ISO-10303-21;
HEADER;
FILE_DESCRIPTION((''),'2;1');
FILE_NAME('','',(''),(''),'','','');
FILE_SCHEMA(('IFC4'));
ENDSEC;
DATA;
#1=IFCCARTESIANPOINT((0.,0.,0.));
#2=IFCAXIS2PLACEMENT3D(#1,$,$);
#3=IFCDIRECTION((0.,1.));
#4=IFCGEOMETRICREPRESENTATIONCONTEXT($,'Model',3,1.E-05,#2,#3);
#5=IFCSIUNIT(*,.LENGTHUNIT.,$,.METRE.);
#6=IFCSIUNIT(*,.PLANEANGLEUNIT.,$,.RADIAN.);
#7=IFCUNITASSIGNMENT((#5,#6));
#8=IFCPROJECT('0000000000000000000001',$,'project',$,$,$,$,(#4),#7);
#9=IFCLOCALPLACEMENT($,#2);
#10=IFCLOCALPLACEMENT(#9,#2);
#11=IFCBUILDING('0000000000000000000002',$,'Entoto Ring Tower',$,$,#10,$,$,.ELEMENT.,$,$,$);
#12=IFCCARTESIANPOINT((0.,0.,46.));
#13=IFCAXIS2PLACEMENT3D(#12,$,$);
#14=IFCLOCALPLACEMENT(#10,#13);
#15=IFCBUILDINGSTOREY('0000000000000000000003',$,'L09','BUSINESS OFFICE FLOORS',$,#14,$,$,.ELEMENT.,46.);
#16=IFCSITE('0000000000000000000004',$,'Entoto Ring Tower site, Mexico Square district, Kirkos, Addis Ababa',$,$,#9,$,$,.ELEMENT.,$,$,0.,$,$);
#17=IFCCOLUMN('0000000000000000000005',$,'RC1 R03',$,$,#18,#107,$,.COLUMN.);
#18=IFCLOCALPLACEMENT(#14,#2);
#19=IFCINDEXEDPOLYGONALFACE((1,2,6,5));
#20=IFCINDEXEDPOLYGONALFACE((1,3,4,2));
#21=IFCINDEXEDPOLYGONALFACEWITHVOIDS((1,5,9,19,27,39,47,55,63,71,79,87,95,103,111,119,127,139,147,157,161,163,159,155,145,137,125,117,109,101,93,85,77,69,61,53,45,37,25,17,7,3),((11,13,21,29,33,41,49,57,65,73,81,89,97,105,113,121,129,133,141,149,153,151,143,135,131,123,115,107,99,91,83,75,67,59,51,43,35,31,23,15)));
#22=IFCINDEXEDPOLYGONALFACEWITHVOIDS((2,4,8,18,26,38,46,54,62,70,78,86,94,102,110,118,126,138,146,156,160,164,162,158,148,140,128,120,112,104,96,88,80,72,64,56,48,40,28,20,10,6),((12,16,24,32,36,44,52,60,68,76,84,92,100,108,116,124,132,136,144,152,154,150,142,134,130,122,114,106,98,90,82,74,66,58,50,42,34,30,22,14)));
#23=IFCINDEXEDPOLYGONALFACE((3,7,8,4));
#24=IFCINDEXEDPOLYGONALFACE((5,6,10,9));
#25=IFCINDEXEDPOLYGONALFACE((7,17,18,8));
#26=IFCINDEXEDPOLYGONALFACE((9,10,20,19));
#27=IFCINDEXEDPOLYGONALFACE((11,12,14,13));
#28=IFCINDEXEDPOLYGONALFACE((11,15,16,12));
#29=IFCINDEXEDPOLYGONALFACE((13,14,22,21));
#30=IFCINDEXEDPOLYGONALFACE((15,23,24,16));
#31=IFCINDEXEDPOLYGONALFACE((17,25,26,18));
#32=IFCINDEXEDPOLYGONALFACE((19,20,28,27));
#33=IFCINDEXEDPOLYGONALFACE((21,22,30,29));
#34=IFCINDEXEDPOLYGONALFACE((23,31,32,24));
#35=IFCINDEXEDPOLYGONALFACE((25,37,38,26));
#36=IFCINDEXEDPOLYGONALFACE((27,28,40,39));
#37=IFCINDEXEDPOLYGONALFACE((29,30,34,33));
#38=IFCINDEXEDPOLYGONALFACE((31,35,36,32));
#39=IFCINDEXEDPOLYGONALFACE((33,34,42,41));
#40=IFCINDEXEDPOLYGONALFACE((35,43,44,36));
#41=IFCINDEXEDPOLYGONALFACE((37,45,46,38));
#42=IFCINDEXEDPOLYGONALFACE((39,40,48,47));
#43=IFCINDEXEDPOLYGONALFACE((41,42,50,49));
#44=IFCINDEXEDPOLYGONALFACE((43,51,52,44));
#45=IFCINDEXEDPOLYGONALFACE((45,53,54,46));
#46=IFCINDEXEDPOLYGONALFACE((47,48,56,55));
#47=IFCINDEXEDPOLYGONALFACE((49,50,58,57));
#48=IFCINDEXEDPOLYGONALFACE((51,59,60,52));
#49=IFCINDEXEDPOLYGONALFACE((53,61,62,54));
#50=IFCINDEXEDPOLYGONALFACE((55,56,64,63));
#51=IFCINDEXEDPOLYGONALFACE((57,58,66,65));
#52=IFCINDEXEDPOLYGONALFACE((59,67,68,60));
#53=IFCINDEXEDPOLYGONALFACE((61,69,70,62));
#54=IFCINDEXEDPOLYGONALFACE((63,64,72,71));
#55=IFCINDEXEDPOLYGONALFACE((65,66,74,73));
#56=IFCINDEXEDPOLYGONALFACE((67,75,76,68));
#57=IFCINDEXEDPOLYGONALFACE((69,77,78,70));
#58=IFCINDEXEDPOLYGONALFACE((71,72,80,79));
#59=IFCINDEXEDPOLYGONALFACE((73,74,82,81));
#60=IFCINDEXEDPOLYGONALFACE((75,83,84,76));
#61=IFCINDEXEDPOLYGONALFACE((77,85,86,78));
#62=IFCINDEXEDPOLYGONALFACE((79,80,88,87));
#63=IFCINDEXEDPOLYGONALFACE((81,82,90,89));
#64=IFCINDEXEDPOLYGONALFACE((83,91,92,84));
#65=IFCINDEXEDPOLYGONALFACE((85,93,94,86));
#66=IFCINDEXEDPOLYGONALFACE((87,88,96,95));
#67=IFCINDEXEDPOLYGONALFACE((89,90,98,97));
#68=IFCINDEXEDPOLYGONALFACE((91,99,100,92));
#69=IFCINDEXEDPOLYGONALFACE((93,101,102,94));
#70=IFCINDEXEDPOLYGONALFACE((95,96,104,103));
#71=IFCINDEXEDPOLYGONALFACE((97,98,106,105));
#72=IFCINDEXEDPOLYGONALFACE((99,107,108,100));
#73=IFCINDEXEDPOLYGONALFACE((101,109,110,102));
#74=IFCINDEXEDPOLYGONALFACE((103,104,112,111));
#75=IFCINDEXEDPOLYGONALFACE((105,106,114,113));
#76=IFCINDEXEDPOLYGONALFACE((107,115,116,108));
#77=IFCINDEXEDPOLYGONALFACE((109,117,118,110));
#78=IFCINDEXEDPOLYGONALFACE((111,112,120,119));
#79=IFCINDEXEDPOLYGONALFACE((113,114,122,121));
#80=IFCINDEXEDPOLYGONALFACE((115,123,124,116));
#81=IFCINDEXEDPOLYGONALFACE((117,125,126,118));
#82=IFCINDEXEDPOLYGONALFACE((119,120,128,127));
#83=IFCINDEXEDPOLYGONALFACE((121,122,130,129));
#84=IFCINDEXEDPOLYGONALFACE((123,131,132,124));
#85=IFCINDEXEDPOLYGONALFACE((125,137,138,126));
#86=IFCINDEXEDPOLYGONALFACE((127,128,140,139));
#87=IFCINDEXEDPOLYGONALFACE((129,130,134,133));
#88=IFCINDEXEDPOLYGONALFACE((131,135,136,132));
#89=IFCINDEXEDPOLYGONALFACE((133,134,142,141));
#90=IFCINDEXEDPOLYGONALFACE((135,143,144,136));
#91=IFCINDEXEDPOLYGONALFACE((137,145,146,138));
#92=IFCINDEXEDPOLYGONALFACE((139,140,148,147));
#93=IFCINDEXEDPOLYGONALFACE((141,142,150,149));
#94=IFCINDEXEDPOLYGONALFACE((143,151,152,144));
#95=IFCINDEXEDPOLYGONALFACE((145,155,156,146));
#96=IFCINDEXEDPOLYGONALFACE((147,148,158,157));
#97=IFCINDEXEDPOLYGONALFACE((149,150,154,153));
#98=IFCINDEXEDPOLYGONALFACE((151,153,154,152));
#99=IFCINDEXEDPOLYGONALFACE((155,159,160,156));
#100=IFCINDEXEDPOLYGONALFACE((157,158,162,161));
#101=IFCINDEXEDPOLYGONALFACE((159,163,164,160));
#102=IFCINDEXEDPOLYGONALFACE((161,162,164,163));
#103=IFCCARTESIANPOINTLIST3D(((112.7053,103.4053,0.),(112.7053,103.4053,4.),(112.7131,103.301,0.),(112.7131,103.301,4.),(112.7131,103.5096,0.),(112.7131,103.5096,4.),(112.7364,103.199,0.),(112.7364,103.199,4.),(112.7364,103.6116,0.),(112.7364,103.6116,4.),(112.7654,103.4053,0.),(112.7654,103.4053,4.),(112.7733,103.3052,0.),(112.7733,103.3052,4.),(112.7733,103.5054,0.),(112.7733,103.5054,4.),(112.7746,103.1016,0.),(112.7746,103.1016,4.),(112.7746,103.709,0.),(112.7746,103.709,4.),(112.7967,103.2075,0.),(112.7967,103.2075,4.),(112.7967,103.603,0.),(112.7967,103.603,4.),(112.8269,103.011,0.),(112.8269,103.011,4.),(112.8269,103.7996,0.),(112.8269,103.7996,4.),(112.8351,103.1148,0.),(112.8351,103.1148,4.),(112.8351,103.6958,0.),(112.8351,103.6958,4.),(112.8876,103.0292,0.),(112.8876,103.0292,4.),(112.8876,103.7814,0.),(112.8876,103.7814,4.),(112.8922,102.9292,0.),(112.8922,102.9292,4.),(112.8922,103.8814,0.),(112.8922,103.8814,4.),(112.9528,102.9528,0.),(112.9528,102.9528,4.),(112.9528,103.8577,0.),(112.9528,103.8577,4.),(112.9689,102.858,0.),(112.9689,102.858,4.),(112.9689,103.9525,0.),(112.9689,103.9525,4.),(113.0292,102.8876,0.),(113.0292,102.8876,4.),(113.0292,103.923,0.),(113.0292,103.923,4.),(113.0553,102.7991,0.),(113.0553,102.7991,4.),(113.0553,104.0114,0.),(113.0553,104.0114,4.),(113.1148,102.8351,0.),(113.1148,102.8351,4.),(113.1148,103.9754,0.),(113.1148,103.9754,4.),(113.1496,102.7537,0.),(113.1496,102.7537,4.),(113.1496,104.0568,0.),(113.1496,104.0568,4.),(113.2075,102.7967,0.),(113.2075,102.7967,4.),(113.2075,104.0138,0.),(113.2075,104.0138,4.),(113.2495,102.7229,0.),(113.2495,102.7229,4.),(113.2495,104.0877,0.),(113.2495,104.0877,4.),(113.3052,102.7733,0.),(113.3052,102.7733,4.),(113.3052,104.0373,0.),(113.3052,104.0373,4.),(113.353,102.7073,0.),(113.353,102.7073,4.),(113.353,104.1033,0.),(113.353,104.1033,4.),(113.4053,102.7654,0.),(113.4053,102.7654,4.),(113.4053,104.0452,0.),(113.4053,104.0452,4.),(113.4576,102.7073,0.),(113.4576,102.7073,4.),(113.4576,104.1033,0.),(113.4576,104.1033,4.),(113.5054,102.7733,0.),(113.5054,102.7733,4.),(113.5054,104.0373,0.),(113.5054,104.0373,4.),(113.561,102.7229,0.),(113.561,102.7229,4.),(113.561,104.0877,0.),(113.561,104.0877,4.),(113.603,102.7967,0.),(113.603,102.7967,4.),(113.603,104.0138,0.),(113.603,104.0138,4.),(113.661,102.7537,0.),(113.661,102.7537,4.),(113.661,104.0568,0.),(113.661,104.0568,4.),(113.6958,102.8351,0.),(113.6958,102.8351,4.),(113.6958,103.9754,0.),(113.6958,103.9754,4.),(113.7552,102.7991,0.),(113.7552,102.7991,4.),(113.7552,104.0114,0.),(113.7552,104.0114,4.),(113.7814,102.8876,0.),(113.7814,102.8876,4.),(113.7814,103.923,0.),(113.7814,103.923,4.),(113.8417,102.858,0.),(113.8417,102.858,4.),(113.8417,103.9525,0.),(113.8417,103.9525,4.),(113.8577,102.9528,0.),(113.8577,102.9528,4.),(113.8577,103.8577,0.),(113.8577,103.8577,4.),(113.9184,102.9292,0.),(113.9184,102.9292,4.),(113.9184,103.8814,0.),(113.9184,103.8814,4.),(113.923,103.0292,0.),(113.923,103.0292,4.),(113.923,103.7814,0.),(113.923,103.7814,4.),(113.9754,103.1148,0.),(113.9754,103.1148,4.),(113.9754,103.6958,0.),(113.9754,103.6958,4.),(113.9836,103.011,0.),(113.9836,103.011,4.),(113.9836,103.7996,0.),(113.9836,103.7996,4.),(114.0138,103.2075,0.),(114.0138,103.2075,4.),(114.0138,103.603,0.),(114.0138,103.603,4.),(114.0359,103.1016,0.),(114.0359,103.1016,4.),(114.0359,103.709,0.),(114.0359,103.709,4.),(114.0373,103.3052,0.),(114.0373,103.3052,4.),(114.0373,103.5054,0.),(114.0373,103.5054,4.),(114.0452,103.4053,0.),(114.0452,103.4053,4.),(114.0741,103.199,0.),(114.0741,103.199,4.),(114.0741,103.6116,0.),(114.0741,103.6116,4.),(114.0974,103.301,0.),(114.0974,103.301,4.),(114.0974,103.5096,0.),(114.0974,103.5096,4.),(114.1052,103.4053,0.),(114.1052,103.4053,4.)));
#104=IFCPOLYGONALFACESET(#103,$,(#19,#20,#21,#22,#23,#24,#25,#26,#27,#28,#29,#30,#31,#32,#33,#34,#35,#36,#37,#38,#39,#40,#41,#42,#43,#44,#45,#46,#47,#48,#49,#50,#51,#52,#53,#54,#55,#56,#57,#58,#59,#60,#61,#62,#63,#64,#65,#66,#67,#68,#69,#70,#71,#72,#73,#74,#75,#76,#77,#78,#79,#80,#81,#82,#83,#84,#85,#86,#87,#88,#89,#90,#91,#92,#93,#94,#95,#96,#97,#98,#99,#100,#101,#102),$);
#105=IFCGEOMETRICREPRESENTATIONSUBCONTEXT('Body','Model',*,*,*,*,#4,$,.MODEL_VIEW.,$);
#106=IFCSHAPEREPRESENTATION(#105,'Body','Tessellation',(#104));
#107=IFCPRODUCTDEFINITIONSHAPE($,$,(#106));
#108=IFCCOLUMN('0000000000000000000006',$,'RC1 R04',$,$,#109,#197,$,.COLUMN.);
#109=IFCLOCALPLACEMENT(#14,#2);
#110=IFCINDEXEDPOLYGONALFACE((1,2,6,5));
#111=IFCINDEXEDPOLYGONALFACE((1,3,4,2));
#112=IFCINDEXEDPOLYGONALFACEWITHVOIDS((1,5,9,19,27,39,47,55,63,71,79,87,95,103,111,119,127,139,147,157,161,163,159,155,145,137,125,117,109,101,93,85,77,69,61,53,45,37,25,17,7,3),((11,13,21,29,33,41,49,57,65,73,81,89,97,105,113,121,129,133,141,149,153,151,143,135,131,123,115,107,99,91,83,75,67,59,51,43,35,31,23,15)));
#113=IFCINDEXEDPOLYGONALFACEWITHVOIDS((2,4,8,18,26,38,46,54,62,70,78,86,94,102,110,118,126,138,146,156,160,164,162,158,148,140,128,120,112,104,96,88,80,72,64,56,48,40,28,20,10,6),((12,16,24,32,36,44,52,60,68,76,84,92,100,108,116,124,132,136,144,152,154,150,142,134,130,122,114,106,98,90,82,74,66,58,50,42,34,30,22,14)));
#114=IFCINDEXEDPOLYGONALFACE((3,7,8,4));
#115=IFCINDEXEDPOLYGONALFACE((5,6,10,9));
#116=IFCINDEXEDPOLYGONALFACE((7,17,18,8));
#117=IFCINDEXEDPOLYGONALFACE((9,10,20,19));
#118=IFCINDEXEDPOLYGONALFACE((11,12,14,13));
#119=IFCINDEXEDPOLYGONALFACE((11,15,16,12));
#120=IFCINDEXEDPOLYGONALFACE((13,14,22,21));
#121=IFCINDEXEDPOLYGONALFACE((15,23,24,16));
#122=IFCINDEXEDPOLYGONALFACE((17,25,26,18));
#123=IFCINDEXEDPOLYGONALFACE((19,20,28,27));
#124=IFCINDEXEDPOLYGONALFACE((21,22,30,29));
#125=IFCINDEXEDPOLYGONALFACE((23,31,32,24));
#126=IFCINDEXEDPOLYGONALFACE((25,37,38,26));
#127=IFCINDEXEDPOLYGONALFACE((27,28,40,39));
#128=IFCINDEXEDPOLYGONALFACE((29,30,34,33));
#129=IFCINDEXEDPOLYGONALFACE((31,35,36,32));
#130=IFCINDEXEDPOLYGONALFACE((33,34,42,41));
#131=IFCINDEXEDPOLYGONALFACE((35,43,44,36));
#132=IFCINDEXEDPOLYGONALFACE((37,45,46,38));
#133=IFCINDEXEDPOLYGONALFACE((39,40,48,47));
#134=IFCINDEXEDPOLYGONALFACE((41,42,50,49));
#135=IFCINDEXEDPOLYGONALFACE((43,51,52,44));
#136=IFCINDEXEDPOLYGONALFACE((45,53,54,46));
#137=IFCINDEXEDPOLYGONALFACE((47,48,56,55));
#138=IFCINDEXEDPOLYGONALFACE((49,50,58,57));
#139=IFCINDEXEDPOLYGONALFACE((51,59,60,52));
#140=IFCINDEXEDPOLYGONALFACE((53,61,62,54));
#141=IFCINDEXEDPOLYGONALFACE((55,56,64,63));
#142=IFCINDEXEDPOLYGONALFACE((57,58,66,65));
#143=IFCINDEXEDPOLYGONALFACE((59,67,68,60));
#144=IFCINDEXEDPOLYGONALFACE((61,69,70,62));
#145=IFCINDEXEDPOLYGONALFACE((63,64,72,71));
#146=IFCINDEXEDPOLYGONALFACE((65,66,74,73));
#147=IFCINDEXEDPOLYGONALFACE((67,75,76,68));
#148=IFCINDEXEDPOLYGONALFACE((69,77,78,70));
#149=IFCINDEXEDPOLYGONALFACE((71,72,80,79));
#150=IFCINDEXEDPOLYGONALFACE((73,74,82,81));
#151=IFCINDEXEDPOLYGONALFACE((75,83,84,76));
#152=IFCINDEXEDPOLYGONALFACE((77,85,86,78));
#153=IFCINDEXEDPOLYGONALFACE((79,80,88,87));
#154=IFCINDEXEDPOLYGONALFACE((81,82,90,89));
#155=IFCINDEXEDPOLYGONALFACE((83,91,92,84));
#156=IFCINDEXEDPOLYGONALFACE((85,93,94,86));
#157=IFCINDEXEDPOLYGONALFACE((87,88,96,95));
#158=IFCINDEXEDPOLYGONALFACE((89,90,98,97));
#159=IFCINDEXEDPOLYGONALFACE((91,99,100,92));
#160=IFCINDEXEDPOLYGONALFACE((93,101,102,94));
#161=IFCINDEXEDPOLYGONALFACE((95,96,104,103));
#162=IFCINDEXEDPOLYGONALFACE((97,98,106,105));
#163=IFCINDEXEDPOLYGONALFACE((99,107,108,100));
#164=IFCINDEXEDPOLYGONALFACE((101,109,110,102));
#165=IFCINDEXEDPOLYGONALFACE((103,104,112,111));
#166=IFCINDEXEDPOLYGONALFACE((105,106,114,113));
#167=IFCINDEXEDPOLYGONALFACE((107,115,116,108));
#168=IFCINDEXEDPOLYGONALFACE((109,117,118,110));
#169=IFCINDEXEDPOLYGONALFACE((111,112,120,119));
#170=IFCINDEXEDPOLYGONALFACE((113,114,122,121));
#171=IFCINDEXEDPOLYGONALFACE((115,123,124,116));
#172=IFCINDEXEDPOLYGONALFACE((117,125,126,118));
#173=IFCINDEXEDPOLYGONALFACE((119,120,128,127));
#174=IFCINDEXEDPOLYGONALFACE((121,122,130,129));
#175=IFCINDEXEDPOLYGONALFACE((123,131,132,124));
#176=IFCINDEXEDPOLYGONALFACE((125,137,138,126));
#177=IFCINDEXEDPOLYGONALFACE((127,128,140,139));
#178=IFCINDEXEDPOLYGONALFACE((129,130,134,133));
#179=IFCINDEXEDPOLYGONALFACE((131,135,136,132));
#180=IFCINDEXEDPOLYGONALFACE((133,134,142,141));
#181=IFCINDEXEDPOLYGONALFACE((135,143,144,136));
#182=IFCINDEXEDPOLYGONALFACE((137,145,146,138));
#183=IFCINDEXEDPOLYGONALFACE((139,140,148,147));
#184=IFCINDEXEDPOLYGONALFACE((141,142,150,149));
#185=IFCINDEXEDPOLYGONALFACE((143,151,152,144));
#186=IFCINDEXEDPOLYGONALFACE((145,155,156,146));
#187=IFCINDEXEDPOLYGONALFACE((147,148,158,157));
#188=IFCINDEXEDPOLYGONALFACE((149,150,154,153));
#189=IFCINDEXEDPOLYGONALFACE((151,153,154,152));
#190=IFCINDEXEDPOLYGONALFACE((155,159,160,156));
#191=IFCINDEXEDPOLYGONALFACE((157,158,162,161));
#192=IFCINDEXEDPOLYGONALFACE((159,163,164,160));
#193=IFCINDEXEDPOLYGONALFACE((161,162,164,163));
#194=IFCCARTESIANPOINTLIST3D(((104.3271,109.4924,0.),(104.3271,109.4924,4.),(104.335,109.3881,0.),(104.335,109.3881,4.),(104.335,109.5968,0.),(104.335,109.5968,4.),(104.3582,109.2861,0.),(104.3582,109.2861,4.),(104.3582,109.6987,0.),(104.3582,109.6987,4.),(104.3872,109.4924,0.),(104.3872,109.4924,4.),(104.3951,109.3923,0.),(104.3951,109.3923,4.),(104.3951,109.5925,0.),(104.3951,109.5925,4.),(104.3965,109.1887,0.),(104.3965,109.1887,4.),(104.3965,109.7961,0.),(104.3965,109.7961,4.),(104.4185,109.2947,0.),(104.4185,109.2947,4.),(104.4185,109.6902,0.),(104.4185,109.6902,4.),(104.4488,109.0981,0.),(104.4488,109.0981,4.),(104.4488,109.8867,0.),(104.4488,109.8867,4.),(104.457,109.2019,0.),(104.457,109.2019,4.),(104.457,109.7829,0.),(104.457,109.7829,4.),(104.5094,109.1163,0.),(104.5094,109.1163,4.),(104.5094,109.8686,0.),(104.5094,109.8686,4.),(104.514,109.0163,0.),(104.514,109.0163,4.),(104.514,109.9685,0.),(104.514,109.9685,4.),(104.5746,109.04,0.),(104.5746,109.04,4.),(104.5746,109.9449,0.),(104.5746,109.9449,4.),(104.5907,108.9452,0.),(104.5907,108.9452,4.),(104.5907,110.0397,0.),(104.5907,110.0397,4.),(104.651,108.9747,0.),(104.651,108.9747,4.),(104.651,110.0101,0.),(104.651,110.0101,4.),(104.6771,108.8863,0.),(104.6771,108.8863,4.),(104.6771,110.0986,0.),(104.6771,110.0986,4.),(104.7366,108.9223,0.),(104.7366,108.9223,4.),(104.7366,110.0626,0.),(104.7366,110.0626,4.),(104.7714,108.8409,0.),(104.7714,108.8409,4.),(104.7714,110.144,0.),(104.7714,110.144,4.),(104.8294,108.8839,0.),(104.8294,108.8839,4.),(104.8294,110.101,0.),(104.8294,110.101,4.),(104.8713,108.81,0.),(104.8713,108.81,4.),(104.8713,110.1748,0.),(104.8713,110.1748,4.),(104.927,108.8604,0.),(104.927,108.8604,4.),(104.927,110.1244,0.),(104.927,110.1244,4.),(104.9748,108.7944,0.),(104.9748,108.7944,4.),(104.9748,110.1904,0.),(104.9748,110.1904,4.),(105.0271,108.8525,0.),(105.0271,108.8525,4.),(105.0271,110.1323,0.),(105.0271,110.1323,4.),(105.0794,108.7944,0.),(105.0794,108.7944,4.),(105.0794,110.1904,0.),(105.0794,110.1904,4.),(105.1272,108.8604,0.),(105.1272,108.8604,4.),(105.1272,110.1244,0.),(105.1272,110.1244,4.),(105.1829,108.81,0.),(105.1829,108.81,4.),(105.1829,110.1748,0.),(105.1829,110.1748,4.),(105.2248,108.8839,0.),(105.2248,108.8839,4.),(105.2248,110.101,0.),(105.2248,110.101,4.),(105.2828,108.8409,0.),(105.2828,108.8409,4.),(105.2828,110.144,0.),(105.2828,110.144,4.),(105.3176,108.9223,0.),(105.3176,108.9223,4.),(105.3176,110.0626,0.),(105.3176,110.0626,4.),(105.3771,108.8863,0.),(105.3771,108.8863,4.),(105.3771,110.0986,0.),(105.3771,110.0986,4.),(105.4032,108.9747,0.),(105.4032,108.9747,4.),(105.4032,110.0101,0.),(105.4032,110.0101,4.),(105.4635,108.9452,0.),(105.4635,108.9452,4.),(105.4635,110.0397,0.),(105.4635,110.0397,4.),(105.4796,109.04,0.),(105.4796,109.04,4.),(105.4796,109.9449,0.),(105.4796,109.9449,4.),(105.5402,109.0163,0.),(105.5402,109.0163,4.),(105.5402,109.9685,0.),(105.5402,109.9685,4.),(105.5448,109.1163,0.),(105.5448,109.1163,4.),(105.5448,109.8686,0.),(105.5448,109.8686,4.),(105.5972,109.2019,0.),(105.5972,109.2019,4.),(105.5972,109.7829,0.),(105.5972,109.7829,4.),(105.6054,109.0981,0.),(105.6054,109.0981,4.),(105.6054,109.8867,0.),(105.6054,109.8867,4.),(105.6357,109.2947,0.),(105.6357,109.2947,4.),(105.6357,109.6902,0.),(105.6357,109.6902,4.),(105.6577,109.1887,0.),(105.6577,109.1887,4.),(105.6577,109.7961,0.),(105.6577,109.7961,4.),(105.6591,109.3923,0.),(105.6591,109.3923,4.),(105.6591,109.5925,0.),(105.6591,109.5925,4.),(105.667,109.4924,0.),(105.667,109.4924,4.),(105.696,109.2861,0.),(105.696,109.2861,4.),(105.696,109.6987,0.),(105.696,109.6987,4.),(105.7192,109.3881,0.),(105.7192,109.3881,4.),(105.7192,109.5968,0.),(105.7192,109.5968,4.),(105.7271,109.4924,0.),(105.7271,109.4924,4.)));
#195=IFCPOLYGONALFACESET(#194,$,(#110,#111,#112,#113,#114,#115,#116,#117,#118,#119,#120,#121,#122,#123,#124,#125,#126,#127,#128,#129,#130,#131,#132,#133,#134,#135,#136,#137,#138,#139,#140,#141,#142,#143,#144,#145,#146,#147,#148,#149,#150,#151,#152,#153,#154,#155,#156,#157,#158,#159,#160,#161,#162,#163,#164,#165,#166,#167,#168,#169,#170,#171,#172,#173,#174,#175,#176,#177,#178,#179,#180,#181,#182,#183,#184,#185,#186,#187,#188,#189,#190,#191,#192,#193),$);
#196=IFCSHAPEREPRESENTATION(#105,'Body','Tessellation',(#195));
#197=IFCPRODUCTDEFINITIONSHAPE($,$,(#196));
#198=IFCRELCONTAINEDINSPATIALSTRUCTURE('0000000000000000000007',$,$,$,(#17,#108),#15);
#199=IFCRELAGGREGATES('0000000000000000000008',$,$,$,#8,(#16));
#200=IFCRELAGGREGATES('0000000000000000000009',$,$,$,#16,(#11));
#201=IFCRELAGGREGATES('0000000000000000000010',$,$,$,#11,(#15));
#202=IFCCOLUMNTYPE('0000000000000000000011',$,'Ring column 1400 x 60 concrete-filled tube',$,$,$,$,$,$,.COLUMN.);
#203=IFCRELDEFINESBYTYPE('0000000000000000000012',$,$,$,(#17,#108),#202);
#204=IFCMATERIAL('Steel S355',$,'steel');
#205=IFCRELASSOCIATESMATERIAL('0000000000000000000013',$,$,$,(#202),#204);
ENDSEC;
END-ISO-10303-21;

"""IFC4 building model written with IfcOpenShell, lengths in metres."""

from ifc_helpers import new_model, si_unit, direction, frame, origin, origin_2d, place, context, subcontext, project, spatial, circle, hollow_circle, extrude, material, material_profile, profile_set, type_object, element, save


model = new_model("IFC4")

# Units and contexts
model_context = context("Model", 3, precision=1e-05, world=origin(), true_north=direction((0.0, 1.0)))
body_context = subcontext(model_context, "Body", "Model", "MODEL_VIEW")
ifc_project = project(units=[si_unit("LENGTHUNIT", "METRE"), si_unit("PLANEANGLEUNIT", "RADIAN")], contexts=[model_context])

# Site, building, storey
site_placement = place(None, origin())
site = spatial("IfcSite", under=ifc_project, at=site_placement, Name="Entoto Ring Tower site, Mexico Square district, Kirkos, Addis Ababa", CompositionType="ELEMENT", RefElevation=0.0)
building_placement = place(site_placement, origin())
building = spatial("IfcBuilding", under=site, at=building_placement, Name="Entoto Ring Tower", CompositionType="ELEMENT")
storey_placement = place(building_placement, frame((0.0, 0.0, 46.0)))
storey = spatial("IfcBuildingStorey", under=building, at=storey_placement, Name="L09", Description="BUSINESS OFFICE FLOORS", CompositionType="ELEMENT", Elevation=46.0)

# Columns
ifc_material_1 = material(Name="Steel S355", Category="steel")
ifc_material_profile_1 = material_profile(ifc_material_1, hollow_circle(Radius=0.7, WallThickness=0.0601, at=origin_2d()), Name="CHS 1400 x 60")
ifc_material_2 = material(Name="Concrete C60/75", Category="concrete")
ifc_material_profile_2 = material_profile(ifc_material_2, circle(Radius=0.6399, at=origin_2d()), Name="Concrete C60/75 infill")
ifc_profile_set_1 = profile_set([ifc_material_profile_1, ifc_material_profile_2], Name="Steel S355")
column_type = type_object("IfcColumnType", Name="Ring column 1400 x 60 concrete-filled tube", PredefinedType="COLUMN", material=ifc_profile_set_1)
for number, where, z_axis, x_axis, name in (
    (1, (113.4053, 103.4053, 0.0), (0.0, 0.0, 1.0), (1.0, 0.0, 0.0), "RC1 R03"),
    (2, (105.0271, 109.4924, 0.0), (0.0, 0.0, 1.0), (1.0, 0.0, 0.0), "RC1 R04"),
):
    element("IfcColumn", number, at=place(storey_placement, frame(where, z_axis=z_axis, x_axis=x_axis)), inside=storey, type_object=column_type, Name=name, PredefinedType="COLUMN", context=body_context, shape_type="SweptSolid", body=[
        extrude(hollow_circle(Radius=0.7, WallThickness=0.0601, at=origin_2d()), origin(), (0.0, 0.0, 1.0), 4.0),
    ])

save(model, "model.ifc")
